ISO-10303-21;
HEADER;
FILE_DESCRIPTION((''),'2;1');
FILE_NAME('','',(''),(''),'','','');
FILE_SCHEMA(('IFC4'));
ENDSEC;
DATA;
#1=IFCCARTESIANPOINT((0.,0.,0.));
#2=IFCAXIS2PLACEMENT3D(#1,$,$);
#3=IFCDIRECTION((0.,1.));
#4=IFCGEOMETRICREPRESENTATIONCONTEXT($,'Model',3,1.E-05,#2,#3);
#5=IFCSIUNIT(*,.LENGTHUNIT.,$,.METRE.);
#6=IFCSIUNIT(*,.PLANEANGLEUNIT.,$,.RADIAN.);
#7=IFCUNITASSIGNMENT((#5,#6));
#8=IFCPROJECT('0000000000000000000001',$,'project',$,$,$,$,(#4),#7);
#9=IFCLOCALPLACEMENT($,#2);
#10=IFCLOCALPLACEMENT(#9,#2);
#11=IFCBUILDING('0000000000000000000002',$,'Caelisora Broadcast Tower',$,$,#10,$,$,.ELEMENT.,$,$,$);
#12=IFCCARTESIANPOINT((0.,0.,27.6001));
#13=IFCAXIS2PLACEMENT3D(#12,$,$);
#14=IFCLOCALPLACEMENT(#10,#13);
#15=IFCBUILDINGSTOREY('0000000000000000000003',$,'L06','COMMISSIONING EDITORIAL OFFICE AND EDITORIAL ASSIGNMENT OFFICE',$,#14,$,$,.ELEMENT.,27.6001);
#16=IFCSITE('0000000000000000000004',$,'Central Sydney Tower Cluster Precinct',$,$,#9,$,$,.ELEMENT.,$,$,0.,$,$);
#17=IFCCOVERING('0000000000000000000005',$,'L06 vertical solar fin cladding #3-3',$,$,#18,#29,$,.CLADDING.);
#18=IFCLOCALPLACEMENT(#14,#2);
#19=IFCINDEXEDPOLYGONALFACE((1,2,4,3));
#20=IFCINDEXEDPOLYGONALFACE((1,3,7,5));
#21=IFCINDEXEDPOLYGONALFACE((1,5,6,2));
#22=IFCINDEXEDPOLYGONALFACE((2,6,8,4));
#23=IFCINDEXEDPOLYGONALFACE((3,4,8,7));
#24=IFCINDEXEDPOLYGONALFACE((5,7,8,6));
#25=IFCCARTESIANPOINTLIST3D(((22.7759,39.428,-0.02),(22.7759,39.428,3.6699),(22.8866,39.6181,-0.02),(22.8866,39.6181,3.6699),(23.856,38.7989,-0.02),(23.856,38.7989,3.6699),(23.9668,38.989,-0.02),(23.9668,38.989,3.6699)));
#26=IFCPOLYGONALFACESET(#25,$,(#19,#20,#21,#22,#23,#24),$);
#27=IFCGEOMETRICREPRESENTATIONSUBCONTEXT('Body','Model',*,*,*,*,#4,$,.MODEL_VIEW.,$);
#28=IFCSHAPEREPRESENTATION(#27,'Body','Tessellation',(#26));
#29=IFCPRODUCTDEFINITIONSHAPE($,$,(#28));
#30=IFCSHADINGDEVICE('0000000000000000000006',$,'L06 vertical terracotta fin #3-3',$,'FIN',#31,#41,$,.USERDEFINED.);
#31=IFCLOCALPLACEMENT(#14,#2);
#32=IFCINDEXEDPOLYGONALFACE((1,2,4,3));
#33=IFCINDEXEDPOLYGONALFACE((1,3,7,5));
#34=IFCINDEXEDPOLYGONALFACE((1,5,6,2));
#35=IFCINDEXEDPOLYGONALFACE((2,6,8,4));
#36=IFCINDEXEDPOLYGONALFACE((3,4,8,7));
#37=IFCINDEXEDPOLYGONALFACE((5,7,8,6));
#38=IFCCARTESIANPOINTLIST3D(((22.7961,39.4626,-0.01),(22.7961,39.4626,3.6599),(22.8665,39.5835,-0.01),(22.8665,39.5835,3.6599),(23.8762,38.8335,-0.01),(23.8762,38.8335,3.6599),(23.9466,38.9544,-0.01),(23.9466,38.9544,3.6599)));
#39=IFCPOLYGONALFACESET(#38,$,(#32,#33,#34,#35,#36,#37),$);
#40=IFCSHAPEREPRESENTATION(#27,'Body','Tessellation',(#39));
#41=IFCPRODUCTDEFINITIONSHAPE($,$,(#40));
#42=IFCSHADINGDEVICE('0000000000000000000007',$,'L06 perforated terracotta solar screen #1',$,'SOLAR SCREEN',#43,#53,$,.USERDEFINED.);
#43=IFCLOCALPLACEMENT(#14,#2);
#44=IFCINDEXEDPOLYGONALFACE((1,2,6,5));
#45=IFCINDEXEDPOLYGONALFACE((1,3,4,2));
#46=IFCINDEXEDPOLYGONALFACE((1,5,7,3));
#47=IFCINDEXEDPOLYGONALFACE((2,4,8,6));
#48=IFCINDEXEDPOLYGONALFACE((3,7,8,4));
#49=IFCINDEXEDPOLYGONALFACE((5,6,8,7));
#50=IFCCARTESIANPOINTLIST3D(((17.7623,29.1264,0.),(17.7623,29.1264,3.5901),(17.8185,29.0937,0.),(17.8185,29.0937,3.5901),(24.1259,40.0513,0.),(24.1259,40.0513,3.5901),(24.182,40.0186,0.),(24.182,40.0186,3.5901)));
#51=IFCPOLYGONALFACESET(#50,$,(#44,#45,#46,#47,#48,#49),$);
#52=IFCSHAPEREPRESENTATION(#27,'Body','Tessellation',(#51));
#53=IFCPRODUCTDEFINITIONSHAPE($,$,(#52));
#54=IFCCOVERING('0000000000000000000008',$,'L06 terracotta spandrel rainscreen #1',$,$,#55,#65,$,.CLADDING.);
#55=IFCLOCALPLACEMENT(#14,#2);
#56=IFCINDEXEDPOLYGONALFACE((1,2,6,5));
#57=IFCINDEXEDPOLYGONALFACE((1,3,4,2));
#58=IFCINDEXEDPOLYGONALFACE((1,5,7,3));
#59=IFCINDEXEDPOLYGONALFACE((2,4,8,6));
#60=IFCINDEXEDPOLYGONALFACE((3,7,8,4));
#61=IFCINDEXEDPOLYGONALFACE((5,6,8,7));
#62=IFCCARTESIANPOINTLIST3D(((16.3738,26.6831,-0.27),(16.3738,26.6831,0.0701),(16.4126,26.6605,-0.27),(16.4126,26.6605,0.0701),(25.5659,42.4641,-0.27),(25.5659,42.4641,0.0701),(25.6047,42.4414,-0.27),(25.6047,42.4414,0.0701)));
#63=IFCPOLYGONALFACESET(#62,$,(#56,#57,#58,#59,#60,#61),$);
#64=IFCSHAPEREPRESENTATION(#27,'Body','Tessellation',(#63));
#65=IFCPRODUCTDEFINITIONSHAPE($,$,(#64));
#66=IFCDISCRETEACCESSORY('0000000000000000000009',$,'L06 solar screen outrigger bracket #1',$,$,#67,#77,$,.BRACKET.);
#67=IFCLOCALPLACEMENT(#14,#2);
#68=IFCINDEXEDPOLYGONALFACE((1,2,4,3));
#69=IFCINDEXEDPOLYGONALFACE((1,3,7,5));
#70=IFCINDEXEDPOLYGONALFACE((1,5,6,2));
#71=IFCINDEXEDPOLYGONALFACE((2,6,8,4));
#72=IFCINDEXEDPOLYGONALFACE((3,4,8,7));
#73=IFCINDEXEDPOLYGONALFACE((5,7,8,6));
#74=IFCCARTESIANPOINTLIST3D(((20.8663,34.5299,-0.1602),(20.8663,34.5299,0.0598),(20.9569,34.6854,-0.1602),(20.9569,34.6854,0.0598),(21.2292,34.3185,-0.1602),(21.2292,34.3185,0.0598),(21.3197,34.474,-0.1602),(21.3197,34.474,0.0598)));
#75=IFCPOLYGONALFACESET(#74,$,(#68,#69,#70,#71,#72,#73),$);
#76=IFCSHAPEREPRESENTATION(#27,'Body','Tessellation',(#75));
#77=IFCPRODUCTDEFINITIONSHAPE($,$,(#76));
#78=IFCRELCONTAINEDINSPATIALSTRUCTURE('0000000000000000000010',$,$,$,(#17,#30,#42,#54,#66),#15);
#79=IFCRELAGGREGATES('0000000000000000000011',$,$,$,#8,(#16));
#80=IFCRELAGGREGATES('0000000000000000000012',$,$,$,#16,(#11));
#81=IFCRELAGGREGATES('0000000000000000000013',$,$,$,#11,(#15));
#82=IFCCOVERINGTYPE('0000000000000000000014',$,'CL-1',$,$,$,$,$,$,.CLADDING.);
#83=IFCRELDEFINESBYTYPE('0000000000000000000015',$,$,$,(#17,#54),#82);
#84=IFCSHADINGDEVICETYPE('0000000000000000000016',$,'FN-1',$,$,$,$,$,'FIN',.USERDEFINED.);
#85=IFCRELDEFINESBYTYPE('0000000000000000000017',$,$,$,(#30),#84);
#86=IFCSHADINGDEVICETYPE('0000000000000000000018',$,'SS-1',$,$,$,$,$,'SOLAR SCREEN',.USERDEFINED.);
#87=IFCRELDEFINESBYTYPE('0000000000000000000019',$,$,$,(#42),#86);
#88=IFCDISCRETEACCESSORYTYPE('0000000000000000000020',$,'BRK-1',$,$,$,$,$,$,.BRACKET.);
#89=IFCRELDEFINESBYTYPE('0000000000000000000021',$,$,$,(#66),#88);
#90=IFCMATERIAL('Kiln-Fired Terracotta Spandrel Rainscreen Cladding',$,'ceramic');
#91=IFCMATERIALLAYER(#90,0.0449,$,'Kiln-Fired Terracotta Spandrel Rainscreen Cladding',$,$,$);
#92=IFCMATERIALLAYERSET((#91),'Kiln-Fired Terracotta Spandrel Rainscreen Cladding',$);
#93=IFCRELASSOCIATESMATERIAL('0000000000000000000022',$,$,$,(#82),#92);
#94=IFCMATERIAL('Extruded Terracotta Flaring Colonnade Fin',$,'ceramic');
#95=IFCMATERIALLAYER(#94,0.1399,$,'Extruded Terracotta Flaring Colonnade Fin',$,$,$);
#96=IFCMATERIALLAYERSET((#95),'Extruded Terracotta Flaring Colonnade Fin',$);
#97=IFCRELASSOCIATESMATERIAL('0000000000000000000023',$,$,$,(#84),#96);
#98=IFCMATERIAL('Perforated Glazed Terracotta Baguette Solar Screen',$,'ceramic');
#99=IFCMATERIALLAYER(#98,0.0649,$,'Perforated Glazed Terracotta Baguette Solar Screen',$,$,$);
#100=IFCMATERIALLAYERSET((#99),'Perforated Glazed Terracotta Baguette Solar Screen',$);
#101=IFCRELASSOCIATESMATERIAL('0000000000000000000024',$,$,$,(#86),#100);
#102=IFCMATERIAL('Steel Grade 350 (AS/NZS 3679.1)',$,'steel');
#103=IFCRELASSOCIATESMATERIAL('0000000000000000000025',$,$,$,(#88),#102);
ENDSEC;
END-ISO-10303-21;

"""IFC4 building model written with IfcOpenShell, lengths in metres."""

from ifc_helpers import new_model, si_unit, direction, frame, origin, origin_2d, place, context, subcontext, project, spatial, rectangle, extrude, source, transform, mapped, material, layer, layer_set, type_object, type_shapes, element, save


model = new_model("IFC4")

# Units and contexts
model_context = context("Model", 3, precision=1e-05, world=origin(), true_north=direction((0.0, 1.0)))
body_context = subcontext(model_context, "Body", "Model", "MODEL_VIEW")
ifc_project = project(units=[si_unit("LENGTHUNIT", "METRE"), si_unit("PLANEANGLEUNIT", "RADIAN")], contexts=[model_context])

# Site, building, storey
site_placement = place(None, origin())
site = spatial("IfcSite", under=ifc_project, at=site_placement, Name="Central Sydney Tower Cluster Precinct", CompositionType="ELEMENT", RefElevation=0.0)
building_placement = place(site_placement, origin())
building = spatial("IfcBuilding", under=site, at=building_placement, Name="Caelisora Broadcast Tower", CompositionType="ELEMENT")
storey_placement = place(building_placement, frame((0.0, 0.0, 27.6001)))
storey = spatial("IfcBuildingStorey", under=building, at=storey_placement, Name="L06", Description="COMMISSIONING EDITORIAL OFFICE AND EDITORIAL ASSIGNMENT OFFICE", CompositionType="ELEMENT", Elevation=27.6001)

# Shared definitions
ifc_material_1 = material(Name="Steel Grade 350 (AS/NZS 3679.1)", Category="steel")

# Covering
ifc_material_2 = material(Name="Kiln-Fired Terracotta Spandrel Rainscreen Cladding", Category="ceramic")
ifc_layer_1 = layer(ifc_material_2, 0.0449, Name="Kiln-Fired Terracotta Spandrel Rainscreen Cladding")
ifc_layer_set_1 = layer_set([ifc_layer_1], Name="Kiln-Fired Terracotta Spandrel Rainscreen Cladding")
covering_type = type_object("IfcCoveringType", Name="CL-1", PredefinedType="CLADDING", material=ifc_layer_set_1)
shared_shape_1 = source(origin(), body_context, "Body", "SweptSolid", [
    extrude(rectangle(XDim=0.22, YDim=1.25, at=origin_2d()), origin(), (0.0, 0.0, 1.0), 3.6899),
])
covering_1_placement = place(storey_placement, frame((23.3713, 39.2085, -0.02), z_axis=(0.0, 0.0, 1.0), x_axis=(0.503322, 0.864099, 0.0)))
element("IfcCovering", 1, at=covering_1_placement, inside=storey, type_object=covering_type, Name="L06 vertical solar fin cladding #3-3", PredefinedType="CLADDING", context=body_context, shape_type="MappedRepresentation", body=[
    mapped(shared_shape_1, transform((0.0, 0.0, 0.0), scale=1.0)),
])

# Shading devices
ifc_material_3 = material(Name="Extruded Terracotta Flaring Colonnade Fin", Category="ceramic")
ifc_layer_2 = layer(ifc_material_3, 0.1399, Name="Extruded Terracotta Flaring Colonnade Fin")
ifc_layer_set_2 = layer_set([ifc_layer_2], Name="Extruded Terracotta Flaring Colonnade Fin")
shading_device_type_1 = type_object("IfcShadingDeviceType", Name="FN-1", ElementType="FIN", PredefinedType="USERDEFINED", material=ifc_layer_set_2)
shared_shape_2 = source(origin(), body_context, "Body", "SweptSolid", [
    extrude(rectangle(XDim=0.1399, YDim=1.25, at=origin_2d()), origin(), (0.0, 0.0, 1.0), 3.6699),
])
type_shapes(shading_device_type_1, [shared_shape_2])
shading_device_1_placement = place(storey_placement, frame((23.3713, 39.2085, -0.01), z_axis=(0.0, 0.0, 1.0), x_axis=(0.503322, 0.864099, 0.0)))
element("IfcShadingDevice", 2, at=shading_device_1_placement, inside=storey, type_object=shading_device_type_1, Name="L06 vertical terracotta fin #3-3", ObjectType="FIN", PredefinedType="USERDEFINED", context=body_context, shape_type="MappedRepresentation", body=[
    mapped(shared_shape_2, transform((0.0, 0.0, 0.0), scale=1.0)),
])
ifc_material_4 = material(Name="Perforated Glazed Terracotta Baguette Solar Screen", Category="ceramic")
ifc_layer_3 = layer(ifc_material_4, 0.0649, Name="Perforated Glazed Terracotta Baguette Solar Screen")
ifc_layer_set_3 = layer_set([ifc_layer_3], Name="Perforated Glazed Terracotta Baguette Solar Screen")
shading_device_type_2 = type_object("IfcShadingDeviceType", Name="SS-1", ElementType="SOLAR SCREEN", PredefinedType="USERDEFINED", material=ifc_layer_set_3)
shared_shape_3 = source(origin(), body_context, "Body", "SweptSolid", [
    extrude(rectangle(XDim=12.6431, YDim=0.0649, at=origin_2d()), origin(), (0.0, 0.0, 1.0), 3.5901),
])
type_shapes(shading_device_type_2, [shared_shape_3])
shading_device_2_placement = place(storey_placement, frame((20.9722, 34.5725, 0.0), z_axis=(0.0, 0.0, 1.0), x_axis=(-0.503322, -0.864099, 0.0)))
element("IfcShadingDevice", 3, at=shading_device_2_placement, inside=storey, type_object=shading_device_type_2, Name="L06 perforated terracotta solar screen #1", ObjectType="SOLAR SCREEN", PredefinedType="USERDEFINED", context=body_context, shape_type="MappedRepresentation", body=[
    mapped(shared_shape_3, transform((0.0, 0.0, 0.0), scale=1.0)),
])

# Covering
shared_shape_4 = source(origin(), body_context, "Body", "SweptSolid", [
    extrude(rectangle(XDim=18.2629, YDim=0.0449, at=origin_2d()), origin(), (0.0, 0.0, 1.0), 0.3401),
])
type_shapes(covering_type, [shared_shape_1, shared_shape_4])
covering_2_placement = place(storey_placement, frame((20.9893, 34.5623, -0.27), z_axis=(0.0, 0.0, 1.0), x_axis=(-0.503322, -0.864099, 0.0)))
element("IfcCovering", 4, at=covering_2_placement, inside=storey, type_object=covering_type, Name="L06 terracotta spandrel rainscreen #1", PredefinedType="CLADDING", context=body_context, shape_type="MappedRepresentation", body=[
    mapped(shared_shape_4, transform((0.0, 0.0, 0.0), scale=1.0)),
])

# Discrete accessory
discrete_accessory_type = type_object("IfcDiscreteAccessoryType", Name="BRK-1", PredefinedType="BRACKET", material=ifc_material_1)
shared_shape_5 = source(origin(), body_context, "Body", "SweptSolid", [
    extrude(rectangle(XDim=0.1799, YDim=0.4199, at=origin_2d()), origin(), (0.0, 0.0, 1.0), 0.22),
])
type_shapes(discrete_accessory_type, [shared_shape_5])
discrete_accessory_placement = place(storey_placement, frame((21.093, 34.502, -0.1602), z_axis=(0.0, 0.0, 1.0), x_axis=(-0.503322, -0.864099, 0.0)))
element("IfcDiscreteAccessory", 5, at=discrete_accessory_placement, inside=storey, type_object=discrete_accessory_type, Name="L06 solar screen outrigger bracket #1", PredefinedType="BRACKET", context=body_context, shape_type="MappedRepresentation", body=[
    mapped(shared_shape_5, transform((0.0, 0.0, 0.0), scale=1.0)),
])

save(model, "model.ifc")
